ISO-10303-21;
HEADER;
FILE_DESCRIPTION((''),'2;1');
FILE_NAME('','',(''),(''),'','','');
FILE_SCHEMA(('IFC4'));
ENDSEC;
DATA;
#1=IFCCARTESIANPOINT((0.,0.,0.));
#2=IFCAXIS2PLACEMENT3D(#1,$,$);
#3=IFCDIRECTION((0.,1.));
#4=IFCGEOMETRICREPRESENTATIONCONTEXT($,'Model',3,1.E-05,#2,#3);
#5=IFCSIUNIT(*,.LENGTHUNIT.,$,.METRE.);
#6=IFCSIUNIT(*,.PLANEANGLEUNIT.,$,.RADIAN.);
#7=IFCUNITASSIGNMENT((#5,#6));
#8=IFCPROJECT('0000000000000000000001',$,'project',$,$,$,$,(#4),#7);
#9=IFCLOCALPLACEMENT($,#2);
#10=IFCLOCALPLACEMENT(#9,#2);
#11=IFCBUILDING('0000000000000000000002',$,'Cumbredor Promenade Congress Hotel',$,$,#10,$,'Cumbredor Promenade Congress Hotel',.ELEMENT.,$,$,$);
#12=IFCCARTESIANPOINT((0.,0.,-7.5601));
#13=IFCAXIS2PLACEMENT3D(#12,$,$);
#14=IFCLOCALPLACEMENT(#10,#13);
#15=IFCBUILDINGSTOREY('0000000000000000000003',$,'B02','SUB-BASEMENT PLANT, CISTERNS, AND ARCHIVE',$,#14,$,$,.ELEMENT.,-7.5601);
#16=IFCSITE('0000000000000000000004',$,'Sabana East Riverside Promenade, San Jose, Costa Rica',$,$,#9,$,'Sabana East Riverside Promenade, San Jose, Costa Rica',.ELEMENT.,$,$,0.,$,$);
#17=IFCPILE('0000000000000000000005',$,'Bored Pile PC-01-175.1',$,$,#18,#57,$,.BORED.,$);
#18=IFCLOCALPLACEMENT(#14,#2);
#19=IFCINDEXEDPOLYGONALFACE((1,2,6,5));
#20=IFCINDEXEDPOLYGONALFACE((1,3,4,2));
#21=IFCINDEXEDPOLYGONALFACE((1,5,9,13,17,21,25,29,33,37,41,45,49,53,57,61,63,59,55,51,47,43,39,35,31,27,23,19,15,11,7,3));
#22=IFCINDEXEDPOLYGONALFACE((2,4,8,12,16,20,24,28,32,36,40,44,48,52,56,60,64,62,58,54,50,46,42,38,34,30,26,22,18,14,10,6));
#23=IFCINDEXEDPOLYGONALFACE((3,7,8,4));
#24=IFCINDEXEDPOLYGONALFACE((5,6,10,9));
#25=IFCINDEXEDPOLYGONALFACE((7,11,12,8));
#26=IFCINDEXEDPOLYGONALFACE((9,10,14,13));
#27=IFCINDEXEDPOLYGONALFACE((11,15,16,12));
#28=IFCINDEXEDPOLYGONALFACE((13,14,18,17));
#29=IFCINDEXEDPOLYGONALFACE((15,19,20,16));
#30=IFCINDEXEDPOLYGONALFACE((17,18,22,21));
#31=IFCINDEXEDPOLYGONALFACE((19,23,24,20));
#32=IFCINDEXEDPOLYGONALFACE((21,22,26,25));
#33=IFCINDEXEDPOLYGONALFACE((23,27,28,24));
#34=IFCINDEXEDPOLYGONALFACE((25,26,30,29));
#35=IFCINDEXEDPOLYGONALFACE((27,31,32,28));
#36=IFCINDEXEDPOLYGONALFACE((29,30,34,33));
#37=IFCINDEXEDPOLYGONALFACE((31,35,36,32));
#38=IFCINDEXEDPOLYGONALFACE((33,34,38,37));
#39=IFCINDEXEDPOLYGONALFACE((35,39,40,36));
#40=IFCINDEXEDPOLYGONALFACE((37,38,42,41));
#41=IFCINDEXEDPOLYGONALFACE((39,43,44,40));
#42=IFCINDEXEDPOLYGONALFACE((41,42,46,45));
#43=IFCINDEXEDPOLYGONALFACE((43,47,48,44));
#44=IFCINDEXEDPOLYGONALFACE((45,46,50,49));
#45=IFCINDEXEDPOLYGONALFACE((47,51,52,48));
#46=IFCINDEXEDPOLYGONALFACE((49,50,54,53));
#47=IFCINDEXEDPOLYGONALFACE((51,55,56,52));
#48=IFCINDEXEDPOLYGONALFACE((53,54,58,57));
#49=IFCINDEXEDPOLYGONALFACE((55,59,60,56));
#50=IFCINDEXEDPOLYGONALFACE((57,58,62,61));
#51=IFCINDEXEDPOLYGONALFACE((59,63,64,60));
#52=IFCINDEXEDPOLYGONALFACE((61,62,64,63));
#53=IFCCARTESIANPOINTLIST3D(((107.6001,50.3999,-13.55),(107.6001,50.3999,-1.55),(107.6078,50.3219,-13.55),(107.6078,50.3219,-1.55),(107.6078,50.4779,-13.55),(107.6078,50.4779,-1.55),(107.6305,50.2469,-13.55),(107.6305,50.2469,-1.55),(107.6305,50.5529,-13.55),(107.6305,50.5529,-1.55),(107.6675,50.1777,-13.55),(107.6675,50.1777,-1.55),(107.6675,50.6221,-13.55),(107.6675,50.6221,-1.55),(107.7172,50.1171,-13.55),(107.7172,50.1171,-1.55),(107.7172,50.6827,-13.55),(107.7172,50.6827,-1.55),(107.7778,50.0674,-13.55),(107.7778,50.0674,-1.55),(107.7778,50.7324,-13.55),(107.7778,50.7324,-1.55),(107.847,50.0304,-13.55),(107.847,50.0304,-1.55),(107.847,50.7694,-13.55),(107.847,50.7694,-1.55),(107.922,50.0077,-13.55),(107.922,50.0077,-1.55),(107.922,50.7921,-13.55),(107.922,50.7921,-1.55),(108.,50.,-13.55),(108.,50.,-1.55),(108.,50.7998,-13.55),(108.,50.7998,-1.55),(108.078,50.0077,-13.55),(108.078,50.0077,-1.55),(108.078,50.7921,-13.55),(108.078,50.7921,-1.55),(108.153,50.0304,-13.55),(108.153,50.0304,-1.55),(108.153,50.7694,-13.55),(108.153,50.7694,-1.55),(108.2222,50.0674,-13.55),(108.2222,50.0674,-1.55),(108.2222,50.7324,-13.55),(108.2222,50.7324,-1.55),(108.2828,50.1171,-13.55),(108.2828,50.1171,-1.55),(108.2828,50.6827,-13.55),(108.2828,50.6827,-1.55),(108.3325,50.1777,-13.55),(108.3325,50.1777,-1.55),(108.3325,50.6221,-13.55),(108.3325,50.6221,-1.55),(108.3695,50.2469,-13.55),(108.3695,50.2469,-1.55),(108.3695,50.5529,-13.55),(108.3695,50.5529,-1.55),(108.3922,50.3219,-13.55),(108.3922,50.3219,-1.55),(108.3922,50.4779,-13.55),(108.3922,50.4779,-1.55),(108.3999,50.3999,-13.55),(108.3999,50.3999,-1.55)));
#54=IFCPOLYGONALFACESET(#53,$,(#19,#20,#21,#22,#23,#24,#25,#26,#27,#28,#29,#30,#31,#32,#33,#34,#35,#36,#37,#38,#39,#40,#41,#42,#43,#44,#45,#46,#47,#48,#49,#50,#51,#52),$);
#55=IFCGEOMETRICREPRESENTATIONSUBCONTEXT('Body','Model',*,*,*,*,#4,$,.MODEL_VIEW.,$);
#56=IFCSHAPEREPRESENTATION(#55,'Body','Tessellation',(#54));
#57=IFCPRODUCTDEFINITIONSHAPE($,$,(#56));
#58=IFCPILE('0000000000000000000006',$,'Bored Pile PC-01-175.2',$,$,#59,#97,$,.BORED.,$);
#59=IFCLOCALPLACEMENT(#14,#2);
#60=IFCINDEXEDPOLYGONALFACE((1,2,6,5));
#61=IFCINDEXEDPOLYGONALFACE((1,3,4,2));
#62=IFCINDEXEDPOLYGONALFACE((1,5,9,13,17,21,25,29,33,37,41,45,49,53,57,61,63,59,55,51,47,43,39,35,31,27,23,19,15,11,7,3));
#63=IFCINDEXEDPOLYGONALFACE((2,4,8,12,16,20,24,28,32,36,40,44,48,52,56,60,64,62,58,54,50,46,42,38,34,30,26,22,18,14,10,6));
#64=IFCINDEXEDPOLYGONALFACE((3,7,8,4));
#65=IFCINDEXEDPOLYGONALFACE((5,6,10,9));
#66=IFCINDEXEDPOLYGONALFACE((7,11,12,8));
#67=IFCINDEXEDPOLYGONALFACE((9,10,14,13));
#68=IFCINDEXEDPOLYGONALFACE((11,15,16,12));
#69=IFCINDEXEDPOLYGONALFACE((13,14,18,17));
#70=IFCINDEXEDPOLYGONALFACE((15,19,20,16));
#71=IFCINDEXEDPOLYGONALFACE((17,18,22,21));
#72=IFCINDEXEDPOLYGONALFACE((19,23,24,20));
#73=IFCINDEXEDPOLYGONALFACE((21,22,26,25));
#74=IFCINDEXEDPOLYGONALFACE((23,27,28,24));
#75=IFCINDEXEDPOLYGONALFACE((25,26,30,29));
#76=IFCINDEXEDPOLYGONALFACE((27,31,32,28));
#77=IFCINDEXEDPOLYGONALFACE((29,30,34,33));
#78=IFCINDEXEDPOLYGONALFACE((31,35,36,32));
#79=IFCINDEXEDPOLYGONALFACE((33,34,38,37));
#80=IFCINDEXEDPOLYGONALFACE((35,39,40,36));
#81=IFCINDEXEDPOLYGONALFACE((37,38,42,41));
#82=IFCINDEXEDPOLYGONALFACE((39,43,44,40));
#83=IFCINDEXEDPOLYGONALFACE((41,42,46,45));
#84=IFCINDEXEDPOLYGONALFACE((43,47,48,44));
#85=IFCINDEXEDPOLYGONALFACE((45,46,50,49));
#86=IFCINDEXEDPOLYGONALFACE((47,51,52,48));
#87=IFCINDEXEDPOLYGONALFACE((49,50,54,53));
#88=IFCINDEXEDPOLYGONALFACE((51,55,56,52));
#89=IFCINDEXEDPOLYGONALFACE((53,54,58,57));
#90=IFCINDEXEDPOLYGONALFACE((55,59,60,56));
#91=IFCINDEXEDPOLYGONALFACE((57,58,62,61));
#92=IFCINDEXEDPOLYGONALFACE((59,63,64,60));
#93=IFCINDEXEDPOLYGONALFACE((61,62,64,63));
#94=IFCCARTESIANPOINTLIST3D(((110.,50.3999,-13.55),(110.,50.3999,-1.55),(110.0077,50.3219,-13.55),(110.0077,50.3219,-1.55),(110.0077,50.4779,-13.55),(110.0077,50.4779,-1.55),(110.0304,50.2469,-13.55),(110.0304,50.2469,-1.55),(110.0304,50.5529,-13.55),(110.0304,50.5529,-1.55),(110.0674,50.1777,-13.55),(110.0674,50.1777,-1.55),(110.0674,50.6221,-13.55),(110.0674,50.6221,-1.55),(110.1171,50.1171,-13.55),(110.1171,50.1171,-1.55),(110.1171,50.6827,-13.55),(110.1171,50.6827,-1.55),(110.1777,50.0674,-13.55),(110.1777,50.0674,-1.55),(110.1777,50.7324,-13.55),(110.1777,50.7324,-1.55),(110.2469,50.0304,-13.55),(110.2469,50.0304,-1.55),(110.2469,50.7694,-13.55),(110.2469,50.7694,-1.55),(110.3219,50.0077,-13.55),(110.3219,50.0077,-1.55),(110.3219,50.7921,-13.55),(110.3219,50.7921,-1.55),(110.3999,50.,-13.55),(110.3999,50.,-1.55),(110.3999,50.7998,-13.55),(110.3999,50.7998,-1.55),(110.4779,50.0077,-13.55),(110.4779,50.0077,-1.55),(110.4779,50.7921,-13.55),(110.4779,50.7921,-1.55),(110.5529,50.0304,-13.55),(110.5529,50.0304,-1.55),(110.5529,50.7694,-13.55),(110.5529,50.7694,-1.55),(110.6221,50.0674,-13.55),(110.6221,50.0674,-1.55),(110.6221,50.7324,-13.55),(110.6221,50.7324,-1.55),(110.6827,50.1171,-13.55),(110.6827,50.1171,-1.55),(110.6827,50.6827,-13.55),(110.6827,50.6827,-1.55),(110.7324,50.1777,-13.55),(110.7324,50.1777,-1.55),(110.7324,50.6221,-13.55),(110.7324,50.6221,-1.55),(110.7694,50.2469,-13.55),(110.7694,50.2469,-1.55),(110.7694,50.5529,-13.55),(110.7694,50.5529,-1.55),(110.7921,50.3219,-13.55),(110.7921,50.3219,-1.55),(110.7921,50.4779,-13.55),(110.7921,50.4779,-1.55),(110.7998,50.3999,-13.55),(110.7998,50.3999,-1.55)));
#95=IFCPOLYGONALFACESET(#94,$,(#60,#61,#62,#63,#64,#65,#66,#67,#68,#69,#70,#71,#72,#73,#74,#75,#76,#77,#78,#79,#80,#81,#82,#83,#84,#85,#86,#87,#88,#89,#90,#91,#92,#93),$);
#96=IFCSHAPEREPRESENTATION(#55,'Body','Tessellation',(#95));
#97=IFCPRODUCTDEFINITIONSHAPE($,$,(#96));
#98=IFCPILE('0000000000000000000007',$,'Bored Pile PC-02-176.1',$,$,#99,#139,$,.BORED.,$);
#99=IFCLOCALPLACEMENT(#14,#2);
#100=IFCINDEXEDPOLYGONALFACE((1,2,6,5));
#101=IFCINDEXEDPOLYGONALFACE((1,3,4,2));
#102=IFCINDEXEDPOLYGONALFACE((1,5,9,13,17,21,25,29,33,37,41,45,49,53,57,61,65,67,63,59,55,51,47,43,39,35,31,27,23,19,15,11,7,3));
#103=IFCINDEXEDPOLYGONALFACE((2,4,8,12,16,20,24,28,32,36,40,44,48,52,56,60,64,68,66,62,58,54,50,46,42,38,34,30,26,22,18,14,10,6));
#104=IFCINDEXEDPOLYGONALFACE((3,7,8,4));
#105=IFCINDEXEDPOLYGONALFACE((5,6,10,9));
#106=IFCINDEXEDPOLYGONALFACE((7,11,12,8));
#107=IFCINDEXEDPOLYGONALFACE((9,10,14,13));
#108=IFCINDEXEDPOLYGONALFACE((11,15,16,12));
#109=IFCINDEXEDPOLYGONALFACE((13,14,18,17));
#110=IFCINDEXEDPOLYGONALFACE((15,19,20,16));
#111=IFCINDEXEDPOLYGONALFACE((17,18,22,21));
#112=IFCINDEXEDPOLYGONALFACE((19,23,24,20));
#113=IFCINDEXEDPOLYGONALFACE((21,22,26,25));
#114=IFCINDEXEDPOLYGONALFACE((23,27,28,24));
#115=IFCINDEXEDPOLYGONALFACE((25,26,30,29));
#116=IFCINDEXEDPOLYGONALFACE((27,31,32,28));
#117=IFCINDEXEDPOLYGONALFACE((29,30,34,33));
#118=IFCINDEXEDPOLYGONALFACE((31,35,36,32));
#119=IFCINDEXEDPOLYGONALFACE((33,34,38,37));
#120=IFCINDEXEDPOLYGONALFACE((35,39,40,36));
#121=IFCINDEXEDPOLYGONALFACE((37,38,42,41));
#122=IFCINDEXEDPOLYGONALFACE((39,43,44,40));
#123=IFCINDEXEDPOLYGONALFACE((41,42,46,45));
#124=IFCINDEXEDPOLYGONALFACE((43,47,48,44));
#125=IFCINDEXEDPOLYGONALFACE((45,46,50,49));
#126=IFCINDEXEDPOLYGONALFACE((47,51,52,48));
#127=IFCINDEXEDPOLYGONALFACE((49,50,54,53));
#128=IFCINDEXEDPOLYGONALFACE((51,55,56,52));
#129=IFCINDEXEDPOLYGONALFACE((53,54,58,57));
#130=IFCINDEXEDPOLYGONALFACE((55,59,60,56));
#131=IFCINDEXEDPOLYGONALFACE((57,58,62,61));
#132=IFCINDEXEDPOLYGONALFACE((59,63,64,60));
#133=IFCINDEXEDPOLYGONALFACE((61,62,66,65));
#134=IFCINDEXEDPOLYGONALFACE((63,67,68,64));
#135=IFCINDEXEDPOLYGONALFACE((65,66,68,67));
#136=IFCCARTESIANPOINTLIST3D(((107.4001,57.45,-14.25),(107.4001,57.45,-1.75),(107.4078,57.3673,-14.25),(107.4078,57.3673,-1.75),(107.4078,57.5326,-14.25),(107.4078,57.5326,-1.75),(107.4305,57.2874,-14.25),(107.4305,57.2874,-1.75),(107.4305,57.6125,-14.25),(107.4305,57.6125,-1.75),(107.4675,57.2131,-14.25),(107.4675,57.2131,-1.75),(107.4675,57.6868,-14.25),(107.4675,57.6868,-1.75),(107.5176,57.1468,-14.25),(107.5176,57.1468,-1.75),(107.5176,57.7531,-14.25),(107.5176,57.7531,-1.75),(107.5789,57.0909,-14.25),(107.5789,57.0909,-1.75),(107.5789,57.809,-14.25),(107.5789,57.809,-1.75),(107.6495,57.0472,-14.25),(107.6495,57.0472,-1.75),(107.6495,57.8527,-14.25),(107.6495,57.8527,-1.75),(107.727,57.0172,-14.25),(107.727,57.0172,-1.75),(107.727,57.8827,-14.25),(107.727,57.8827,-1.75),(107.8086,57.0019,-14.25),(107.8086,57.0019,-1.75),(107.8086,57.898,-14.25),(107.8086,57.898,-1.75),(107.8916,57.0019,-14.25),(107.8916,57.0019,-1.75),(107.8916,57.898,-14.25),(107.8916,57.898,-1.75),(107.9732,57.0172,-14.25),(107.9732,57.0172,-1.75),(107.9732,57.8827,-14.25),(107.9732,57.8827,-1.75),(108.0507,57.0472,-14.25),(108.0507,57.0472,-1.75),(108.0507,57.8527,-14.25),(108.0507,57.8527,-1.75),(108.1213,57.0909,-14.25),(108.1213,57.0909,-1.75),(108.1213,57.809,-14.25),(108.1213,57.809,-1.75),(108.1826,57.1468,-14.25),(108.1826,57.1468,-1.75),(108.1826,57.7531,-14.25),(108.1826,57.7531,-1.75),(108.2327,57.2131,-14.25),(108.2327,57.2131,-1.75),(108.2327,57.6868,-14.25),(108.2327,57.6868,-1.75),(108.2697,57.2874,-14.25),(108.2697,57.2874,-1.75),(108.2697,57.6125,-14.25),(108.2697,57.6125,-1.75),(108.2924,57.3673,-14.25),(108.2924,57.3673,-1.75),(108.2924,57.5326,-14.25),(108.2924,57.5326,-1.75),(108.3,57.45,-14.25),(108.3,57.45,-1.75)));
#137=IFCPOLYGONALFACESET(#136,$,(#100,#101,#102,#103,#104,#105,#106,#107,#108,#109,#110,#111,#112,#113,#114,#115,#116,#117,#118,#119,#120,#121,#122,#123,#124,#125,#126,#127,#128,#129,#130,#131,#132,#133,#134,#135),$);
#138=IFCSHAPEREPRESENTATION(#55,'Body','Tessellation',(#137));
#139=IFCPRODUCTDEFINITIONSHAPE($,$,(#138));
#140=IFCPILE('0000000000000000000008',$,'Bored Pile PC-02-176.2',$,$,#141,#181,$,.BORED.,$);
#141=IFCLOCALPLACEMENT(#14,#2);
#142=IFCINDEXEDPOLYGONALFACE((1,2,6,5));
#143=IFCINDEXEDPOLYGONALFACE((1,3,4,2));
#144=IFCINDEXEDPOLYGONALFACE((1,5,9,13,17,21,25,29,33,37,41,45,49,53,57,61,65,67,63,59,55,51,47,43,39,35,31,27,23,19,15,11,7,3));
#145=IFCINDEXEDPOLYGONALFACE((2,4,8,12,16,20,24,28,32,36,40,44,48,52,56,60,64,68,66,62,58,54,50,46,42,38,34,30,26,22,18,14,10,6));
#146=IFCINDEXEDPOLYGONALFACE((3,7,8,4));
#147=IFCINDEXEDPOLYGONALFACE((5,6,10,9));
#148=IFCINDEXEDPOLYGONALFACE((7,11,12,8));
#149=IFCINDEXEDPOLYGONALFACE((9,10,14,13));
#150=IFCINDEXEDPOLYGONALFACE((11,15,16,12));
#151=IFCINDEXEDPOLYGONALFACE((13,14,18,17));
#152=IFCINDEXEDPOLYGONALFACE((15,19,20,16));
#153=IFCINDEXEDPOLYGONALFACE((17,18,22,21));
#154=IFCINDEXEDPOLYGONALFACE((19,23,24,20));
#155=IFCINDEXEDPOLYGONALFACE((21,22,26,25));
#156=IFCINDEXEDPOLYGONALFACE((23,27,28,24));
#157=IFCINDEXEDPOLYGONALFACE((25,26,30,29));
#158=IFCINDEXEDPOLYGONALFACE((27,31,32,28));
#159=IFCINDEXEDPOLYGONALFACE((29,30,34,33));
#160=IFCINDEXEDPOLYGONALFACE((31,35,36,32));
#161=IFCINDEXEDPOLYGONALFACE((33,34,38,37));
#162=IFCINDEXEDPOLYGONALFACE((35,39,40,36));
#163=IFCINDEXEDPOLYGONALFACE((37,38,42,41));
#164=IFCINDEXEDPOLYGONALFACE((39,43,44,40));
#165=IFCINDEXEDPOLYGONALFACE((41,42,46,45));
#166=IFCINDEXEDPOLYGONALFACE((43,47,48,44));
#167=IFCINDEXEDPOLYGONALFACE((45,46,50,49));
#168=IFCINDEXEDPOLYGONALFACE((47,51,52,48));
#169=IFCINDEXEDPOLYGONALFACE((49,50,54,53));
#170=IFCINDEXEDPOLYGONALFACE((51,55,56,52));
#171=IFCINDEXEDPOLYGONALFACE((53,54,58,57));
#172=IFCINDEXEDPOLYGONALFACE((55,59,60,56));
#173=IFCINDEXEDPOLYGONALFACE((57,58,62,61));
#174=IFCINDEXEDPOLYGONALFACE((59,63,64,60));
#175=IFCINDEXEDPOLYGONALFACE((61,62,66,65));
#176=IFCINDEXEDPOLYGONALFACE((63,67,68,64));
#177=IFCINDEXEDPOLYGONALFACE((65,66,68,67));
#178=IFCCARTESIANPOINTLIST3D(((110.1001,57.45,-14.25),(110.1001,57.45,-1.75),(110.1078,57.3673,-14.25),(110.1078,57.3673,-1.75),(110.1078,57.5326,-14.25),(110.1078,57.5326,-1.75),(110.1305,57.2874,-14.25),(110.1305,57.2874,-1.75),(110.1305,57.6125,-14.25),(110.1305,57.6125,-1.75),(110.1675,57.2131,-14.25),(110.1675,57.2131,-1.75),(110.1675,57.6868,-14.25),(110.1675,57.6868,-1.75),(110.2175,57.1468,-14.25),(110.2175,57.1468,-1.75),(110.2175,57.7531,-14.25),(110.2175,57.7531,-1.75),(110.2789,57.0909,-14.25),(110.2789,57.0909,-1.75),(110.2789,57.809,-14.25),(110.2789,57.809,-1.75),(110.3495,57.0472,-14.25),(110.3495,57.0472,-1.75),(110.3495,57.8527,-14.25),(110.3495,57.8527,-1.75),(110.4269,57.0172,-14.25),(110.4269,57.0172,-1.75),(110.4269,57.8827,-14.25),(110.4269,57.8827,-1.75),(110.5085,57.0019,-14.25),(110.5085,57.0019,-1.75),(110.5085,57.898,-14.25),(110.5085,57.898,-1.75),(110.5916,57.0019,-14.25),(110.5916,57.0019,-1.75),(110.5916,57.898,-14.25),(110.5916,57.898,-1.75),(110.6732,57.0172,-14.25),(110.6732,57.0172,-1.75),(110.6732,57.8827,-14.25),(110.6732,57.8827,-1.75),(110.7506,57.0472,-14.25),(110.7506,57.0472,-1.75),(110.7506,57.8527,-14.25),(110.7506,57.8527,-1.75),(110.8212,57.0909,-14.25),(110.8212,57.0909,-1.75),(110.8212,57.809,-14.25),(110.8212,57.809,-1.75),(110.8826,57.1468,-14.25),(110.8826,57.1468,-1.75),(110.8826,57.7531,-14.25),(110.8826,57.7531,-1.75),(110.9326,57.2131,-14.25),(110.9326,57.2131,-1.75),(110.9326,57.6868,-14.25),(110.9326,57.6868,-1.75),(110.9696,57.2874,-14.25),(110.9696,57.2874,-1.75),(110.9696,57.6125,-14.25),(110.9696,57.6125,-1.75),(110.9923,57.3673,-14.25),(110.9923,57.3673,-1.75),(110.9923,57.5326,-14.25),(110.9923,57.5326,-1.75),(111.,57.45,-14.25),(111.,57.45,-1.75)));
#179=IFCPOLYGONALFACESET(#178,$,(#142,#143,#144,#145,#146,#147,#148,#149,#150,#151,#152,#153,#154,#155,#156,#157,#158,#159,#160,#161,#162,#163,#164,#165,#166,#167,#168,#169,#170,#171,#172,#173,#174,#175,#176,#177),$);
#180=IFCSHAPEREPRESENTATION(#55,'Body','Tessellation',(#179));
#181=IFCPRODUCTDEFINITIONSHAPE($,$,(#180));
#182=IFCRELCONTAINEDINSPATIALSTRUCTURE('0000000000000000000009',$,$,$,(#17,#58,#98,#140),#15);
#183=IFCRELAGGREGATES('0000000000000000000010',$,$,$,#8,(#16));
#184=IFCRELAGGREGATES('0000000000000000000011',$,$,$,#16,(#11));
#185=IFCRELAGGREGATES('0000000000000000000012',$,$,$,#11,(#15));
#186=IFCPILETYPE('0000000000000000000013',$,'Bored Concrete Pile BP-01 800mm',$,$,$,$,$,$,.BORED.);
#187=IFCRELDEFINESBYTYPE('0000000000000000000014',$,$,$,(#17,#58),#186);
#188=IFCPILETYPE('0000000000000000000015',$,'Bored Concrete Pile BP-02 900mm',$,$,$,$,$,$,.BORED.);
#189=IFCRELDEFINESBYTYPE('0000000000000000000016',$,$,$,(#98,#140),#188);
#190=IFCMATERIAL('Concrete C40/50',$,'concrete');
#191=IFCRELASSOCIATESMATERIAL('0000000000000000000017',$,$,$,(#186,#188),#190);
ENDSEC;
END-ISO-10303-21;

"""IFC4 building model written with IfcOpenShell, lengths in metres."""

from ifc_helpers import new_model, si_unit, direction, frame, origin, origin_2d, place, context, subcontext, project, spatial, circle, extrude, material, material_profile, profile_set, type_object, element, save


model = new_model("IFC4")

# Units and contexts
model_context = context("Model", 3, precision=1e-05, world=origin(), true_north=direction((0.0, 1.0)))
body_context = subcontext(model_context, "Body", "Model", "MODEL_VIEW")
ifc_project = project(units=[si_unit("LENGTHUNIT", "METRE"), si_unit("PLANEANGLEUNIT", "RADIAN")], contexts=[model_context])

# Site, building, storey
site_placement = place(None, origin())
site = spatial("IfcSite", under=ifc_project, at=site_placement, Name="Sabana East Riverside Promenade, San Jose, Costa Rica", LongName="Sabana East Riverside Promenade, San Jose, Costa Rica", CompositionType="ELEMENT", RefElevation=0.0)
building_placement = place(site_placement, origin())
building = spatial("IfcBuilding", under=site, at=building_placement, Name="Cumbredor Promenade Congress Hotel", LongName="Cumbredor Promenade Congress Hotel", CompositionType="ELEMENT")
storey_placement = place(building_placement, frame((0.0, 0.0, -7.5601)))
storey = spatial("IfcBuildingStorey", under=building, at=storey_placement, Name="B02", Description="SUB-BASEMENT PLANT, CISTERNS, AND ARCHIVE", CompositionType="ELEMENT", Elevation=-7.5601)

# Piles
ifc_material_1 = material(Name="Concrete C40/50", Category="concrete")
ifc_material_profile_1 = material_profile(ifc_material_1, circle(Radius=0.3999, at=origin_2d()), Name="PILE D800")
ifc_profile_set_1 = profile_set([ifc_material_profile_1], Name="Concrete C40/50")
pile_type_1 = type_object("IfcPileType", Name="Bored Concrete Pile BP-01 800mm", PredefinedType="BORED", material=ifc_profile_set_1)
for number, where, z_axis, x_axis, name in (
    (1, (108.0, 50.3999, -1.55), (0.0, 0.0, -1.0), (1.0, 0.0, 0.0), "Bored Pile PC-01-175.1"),
    (2, (110.3999, 50.3999, -1.55), (0.0, 0.0, -1.0), (1.0, 0.0, 0.0), "Bored Pile PC-01-175.2"),
):
    element("IfcPile", number, at=place(storey_placement, frame(where, z_axis=z_axis, x_axis=x_axis)), inside=storey, type_object=pile_type_1, Name=name, PredefinedType="BORED", context=body_context, shape_type="SweptSolid", body=[
        extrude(circle(Radius=0.3999, at=origin_2d()), origin(), (0.0, 0.0, 1.0), 12.0),
    ])
ifc_material_profile_2 = material_profile(ifc_material_1, circle(Radius=0.45, at=origin_2d()), Name="PILE D900")
ifc_profile_set_2 = profile_set([ifc_material_profile_2], Name="Concrete C40/50")
pile_type_2 = type_object("IfcPileType", Name="Bored Concrete Pile BP-02 900mm", PredefinedType="BORED", material=ifc_profile_set_2)
for number, where, z_axis, x_axis, name in (
    (3, (107.8501, 57.45, -1.75), (0.0, 0.0, -1.0), (1.0, 0.0, 0.0), "Bored Pile PC-02-176.1"),
    (4, (110.55, 57.45, -1.75), (0.0, 0.0, -1.0), (1.0, 0.0, 0.0), "Bored Pile PC-02-176.2"),
):
    element("IfcPile", number, at=place(storey_placement, frame(where, z_axis=z_axis, x_axis=x_axis)), inside=storey, type_object=pile_type_2, Name=name, PredefinedType="BORED", context=body_context, shape_type="SweptSolid", body=[
        extrude(circle(Radius=0.45, at=origin_2d()), origin(), (0.0, 0.0, 1.0), 12.5),
    ])

save(model, "model.ifc")
